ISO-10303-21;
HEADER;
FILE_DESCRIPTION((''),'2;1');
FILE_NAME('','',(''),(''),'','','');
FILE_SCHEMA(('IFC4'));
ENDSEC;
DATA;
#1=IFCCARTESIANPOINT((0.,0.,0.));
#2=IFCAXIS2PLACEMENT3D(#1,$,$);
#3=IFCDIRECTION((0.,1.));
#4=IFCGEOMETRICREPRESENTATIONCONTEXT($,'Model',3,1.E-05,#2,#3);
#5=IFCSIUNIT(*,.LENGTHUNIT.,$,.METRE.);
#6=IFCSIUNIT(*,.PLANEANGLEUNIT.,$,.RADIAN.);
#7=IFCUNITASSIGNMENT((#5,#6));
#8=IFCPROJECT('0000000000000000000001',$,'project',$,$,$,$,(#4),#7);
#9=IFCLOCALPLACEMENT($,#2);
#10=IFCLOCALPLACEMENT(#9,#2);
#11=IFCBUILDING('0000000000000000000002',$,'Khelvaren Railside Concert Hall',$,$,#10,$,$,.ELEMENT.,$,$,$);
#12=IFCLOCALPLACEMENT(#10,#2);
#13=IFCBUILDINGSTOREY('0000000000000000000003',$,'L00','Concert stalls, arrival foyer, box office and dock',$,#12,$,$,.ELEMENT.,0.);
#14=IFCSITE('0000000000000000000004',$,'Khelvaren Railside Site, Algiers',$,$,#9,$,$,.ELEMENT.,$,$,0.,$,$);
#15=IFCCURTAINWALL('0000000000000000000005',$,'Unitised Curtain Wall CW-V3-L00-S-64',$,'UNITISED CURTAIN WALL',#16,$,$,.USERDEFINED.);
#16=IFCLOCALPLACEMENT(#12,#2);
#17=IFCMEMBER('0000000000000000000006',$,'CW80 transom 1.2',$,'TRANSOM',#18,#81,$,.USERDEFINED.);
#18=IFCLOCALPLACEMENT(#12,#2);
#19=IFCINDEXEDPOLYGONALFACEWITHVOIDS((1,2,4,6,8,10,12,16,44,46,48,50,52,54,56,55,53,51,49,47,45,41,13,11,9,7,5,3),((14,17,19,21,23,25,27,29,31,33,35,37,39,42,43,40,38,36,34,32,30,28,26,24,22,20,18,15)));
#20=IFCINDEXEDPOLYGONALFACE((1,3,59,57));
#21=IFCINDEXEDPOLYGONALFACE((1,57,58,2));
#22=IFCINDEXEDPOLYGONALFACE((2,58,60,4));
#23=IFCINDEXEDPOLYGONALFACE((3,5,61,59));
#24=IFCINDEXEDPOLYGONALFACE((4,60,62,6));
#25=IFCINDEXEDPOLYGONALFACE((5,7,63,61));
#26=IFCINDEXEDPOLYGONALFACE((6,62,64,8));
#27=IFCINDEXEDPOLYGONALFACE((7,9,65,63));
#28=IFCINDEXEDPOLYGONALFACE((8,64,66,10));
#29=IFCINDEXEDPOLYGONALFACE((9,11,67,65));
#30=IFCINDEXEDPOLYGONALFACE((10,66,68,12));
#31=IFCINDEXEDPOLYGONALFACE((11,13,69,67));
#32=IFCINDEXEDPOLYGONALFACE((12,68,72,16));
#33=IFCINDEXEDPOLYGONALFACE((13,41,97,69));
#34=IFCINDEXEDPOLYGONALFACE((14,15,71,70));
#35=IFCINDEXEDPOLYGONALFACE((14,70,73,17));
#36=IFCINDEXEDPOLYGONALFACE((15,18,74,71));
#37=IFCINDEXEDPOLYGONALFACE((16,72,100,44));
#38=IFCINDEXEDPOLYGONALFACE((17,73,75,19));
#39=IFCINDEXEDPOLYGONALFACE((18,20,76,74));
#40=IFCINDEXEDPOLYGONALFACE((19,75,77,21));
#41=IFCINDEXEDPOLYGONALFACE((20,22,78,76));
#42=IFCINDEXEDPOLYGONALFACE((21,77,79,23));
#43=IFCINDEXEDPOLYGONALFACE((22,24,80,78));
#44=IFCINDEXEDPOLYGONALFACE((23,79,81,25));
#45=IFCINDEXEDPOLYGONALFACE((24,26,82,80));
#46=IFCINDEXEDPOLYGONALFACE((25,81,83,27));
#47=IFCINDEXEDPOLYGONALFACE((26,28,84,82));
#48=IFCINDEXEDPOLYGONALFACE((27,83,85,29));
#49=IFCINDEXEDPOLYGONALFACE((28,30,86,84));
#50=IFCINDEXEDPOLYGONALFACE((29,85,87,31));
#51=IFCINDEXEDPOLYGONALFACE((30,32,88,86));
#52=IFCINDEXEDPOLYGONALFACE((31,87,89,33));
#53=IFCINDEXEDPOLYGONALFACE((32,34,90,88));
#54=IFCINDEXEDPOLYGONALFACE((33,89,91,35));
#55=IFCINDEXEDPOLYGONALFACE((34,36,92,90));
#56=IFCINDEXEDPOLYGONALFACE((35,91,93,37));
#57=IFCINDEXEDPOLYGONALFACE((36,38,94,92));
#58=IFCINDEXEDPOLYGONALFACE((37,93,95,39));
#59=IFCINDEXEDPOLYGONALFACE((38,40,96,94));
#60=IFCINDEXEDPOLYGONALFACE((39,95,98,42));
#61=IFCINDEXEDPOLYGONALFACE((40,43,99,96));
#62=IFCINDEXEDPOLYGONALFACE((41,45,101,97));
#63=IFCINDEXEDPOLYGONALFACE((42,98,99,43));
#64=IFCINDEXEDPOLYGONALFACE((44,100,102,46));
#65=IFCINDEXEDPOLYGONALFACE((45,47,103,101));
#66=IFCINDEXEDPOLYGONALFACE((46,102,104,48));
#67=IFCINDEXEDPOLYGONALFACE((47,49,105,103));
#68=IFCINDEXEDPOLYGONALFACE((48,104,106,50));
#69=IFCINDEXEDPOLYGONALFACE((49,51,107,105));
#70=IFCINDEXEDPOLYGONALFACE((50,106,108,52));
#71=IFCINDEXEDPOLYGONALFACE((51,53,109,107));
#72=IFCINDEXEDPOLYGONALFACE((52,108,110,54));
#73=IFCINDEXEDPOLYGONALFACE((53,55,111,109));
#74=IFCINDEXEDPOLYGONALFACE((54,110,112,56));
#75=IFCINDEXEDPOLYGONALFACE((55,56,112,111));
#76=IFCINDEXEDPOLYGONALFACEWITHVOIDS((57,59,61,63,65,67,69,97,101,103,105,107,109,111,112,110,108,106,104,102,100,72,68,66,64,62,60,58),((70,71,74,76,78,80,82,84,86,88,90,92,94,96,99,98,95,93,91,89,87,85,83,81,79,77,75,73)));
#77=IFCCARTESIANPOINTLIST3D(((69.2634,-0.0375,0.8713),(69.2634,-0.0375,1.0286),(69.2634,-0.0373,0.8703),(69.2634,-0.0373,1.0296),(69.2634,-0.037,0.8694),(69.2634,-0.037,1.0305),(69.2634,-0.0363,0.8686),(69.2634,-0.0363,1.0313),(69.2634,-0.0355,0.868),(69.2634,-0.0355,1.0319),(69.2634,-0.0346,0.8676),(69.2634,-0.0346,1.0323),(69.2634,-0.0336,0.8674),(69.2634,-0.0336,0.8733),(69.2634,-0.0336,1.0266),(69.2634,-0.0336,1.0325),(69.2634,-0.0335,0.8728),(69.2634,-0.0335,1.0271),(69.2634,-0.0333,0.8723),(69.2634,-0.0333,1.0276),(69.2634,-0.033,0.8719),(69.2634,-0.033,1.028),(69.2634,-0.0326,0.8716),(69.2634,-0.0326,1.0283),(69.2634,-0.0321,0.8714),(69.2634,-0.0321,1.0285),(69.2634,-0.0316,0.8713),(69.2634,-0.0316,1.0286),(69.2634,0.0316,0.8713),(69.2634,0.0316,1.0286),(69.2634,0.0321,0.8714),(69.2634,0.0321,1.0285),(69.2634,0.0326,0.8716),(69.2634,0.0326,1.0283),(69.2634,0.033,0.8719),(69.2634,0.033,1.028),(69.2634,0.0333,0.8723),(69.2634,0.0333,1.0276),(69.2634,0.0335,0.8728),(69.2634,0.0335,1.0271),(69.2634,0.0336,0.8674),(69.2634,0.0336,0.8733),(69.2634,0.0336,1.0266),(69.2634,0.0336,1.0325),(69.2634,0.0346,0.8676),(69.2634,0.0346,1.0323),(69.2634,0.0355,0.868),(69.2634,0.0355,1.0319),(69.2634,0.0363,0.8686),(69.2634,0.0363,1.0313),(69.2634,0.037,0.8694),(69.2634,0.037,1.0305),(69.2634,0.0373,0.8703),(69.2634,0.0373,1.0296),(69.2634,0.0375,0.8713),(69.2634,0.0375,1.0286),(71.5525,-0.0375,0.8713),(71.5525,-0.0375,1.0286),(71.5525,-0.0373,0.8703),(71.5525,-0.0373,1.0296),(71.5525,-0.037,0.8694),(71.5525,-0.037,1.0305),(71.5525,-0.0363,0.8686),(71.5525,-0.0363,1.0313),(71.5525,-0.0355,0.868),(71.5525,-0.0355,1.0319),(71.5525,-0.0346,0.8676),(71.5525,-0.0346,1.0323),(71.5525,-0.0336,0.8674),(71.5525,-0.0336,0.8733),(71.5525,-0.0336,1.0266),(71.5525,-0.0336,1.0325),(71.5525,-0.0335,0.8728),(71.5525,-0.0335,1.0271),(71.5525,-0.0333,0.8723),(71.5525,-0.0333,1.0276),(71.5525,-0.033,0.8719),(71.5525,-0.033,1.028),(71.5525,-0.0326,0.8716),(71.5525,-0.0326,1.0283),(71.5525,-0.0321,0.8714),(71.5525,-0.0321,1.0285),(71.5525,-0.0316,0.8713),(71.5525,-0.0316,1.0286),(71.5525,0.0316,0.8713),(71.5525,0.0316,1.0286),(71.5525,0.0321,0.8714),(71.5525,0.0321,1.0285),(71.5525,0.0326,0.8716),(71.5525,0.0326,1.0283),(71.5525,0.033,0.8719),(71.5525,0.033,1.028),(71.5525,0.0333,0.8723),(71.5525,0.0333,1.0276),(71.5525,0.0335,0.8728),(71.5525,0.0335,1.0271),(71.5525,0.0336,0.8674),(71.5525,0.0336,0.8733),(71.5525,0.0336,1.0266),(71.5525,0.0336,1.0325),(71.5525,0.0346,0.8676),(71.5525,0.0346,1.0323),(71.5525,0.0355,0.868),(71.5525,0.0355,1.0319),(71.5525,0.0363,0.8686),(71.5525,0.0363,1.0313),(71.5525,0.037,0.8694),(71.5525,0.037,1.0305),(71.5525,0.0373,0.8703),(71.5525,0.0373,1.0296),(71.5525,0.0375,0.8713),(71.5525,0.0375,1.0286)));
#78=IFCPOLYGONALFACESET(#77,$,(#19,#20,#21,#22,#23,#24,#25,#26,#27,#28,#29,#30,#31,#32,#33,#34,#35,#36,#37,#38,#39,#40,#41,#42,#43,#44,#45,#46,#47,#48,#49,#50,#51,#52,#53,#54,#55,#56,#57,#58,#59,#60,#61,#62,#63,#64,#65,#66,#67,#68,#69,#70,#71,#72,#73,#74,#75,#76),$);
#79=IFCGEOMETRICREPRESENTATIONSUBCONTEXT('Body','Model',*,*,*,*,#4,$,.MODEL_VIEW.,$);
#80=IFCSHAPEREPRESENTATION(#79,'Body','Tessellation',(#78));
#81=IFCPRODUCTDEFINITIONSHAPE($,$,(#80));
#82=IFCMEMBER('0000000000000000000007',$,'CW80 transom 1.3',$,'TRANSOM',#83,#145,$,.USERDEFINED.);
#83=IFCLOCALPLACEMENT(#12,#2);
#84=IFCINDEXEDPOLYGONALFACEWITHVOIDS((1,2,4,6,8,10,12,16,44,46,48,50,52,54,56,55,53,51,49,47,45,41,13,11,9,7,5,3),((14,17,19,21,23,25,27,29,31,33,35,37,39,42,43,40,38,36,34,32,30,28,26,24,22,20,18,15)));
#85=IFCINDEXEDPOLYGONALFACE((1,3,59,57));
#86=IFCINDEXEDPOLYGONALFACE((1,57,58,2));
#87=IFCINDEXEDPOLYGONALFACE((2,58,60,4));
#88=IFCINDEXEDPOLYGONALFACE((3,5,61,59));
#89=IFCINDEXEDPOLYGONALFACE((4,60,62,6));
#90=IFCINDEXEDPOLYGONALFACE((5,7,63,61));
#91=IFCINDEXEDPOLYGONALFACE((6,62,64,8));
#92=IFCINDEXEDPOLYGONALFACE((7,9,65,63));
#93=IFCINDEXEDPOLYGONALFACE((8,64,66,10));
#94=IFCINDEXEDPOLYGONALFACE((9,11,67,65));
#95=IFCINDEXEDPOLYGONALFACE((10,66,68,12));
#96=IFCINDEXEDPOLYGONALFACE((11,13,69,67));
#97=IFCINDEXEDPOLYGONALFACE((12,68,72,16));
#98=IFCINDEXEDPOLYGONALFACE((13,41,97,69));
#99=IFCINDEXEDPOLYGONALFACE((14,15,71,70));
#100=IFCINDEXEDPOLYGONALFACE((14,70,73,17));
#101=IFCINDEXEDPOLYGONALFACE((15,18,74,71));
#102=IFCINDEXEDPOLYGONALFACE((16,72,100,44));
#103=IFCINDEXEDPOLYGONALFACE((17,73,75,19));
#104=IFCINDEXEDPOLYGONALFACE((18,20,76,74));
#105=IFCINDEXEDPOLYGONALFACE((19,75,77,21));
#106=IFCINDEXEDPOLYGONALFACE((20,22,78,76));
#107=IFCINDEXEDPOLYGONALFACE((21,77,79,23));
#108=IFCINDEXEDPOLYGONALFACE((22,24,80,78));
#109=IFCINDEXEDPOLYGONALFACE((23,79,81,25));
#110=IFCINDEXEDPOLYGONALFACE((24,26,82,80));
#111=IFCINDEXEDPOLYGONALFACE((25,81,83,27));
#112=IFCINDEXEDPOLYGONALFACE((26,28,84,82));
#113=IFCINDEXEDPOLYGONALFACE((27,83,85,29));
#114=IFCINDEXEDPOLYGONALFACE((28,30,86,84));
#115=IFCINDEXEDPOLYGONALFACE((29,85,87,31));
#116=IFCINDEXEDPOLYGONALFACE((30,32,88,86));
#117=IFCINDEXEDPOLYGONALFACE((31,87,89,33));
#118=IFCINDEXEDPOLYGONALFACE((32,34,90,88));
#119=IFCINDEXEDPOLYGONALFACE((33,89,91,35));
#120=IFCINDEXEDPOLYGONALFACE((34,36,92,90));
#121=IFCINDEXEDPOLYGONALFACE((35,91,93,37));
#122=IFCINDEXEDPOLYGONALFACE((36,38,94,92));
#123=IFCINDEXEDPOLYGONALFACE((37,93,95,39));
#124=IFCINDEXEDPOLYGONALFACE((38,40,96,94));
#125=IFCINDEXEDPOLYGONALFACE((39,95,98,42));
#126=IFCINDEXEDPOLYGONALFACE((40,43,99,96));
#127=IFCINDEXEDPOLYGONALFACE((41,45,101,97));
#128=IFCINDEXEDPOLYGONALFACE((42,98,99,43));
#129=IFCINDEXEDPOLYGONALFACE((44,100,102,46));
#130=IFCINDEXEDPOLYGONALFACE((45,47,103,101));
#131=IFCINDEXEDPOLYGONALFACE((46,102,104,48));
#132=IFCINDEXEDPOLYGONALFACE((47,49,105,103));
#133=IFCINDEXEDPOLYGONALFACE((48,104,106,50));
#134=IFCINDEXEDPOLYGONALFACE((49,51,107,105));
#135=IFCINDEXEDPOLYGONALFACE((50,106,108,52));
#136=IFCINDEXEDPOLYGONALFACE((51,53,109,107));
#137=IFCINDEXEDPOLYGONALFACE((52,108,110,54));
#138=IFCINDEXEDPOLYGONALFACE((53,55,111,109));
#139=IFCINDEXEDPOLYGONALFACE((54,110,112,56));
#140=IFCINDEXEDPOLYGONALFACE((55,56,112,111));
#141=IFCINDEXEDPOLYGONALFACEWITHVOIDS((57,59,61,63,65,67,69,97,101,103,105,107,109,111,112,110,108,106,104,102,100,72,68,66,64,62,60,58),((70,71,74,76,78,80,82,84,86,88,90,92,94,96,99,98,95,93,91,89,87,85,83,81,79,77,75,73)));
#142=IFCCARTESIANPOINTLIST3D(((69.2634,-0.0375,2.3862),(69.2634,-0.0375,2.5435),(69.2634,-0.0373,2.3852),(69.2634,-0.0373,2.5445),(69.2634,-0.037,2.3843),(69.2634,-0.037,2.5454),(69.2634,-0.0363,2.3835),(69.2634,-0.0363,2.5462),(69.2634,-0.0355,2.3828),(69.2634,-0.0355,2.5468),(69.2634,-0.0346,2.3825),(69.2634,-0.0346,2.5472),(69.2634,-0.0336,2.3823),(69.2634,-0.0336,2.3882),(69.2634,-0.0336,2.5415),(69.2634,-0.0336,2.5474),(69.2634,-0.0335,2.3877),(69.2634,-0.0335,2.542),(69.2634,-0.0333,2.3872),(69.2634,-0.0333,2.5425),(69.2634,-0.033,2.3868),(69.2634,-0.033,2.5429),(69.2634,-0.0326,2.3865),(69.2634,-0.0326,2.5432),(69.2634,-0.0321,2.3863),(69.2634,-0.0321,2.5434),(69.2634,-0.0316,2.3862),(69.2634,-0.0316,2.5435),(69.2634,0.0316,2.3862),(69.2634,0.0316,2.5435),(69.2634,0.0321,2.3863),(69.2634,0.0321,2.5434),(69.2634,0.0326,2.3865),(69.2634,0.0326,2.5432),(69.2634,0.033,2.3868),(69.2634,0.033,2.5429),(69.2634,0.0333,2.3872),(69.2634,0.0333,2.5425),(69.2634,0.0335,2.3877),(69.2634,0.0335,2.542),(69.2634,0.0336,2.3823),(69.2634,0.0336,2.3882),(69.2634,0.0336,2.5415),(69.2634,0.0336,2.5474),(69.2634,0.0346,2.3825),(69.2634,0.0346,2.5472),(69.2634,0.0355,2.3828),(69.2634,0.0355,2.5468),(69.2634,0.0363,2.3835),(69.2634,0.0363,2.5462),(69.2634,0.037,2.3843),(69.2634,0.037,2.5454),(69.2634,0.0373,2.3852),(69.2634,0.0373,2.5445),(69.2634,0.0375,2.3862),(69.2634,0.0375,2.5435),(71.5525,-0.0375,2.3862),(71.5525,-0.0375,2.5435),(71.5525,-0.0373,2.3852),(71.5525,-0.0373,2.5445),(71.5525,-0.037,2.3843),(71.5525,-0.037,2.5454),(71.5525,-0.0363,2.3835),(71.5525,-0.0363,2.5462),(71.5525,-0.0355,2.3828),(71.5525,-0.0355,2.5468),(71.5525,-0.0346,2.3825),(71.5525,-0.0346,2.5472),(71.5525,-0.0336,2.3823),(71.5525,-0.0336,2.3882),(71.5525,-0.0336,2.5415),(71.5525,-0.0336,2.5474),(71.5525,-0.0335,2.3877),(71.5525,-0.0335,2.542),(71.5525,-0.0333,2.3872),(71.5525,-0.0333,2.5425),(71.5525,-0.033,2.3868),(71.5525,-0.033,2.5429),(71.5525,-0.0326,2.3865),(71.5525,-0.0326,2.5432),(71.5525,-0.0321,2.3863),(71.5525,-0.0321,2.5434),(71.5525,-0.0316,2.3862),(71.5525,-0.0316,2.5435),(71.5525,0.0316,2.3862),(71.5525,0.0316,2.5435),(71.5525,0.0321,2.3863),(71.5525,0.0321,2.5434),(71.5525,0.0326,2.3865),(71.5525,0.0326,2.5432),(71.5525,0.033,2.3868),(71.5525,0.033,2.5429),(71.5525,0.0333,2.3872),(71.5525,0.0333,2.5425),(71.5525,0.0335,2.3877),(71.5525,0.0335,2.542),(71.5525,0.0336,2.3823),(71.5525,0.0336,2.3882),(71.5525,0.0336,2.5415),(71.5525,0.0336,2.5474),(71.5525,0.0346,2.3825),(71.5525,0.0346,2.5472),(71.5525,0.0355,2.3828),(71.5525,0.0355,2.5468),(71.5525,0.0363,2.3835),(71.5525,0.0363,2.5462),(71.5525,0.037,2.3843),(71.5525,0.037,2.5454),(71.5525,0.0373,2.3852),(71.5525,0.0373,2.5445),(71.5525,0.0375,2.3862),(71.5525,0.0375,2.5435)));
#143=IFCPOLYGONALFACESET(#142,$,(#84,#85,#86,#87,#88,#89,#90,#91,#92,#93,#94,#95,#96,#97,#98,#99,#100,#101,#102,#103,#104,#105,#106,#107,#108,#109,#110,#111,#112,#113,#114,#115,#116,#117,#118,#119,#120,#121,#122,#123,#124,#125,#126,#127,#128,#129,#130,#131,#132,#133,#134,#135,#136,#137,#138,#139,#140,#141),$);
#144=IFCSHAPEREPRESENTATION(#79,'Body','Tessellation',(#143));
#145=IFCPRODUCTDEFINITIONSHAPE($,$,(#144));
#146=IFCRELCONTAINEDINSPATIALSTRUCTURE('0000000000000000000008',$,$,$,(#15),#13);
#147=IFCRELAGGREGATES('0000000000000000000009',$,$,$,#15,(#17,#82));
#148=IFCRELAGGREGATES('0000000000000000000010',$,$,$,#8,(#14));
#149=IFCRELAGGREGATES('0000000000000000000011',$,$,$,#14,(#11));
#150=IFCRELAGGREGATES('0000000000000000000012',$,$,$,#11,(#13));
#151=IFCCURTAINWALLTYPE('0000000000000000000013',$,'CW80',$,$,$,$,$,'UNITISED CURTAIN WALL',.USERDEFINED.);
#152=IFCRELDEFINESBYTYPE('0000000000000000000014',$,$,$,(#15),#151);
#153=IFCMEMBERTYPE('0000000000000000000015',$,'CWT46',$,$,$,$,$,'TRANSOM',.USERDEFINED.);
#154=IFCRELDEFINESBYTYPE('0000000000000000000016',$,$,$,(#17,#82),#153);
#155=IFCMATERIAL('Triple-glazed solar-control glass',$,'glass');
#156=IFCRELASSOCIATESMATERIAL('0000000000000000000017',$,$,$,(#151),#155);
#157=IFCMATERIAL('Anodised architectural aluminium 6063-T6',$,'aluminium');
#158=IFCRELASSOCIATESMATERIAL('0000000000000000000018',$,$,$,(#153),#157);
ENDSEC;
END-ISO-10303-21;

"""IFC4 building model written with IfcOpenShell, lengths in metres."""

from ifc_helpers import new_model, si_unit, direction, frame, origin, origin_2d, place, context, subcontext, project, spatial, hollow_rectangle, extrude, material, material_profile, profile_set, type_object, element, aggregate, save


model = new_model("IFC4")

# Units and contexts
model_context = context("Model", 3, precision=1e-05, world=origin(), true_north=direction((0.0, 1.0)))
body_context = subcontext(model_context, "Body", "Model", "MODEL_VIEW")
ifc_project = project(units=[si_unit("LENGTHUNIT", "METRE"), si_unit("PLANEANGLEUNIT", "RADIAN")], contexts=[model_context])

# Site, building, storey
site_placement = place(None, origin())
site = spatial("IfcSite", under=ifc_project, at=site_placement, Name="Khelvaren Railside Site, Algiers", CompositionType="ELEMENT", RefElevation=0.0)
building_placement = place(site_placement, origin())
building = spatial("IfcBuilding", under=site, at=building_placement, Name="Khelvaren Railside Concert Hall", CompositionType="ELEMENT")
storey_placement = place(building_placement, origin())
storey = spatial("IfcBuildingStorey", under=building, at=storey_placement, Name="L00", Description="Concert stalls, arrival foyer, box office and dock", CompositionType="ELEMENT", Elevation=0.0)

# Curtain wall, members
ifc_material_1 = material(Name="Triple-glazed solar-control glass", Category="glass")
curtain_wall_type = type_object("IfcCurtainWallType", Name="CW80", ElementType="UNITISED CURTAIN WALL", PredefinedType="USERDEFINED", material=ifc_material_1)
curtain_wall_placement = place(storey_placement, origin())
curtain_wall = element("IfcCurtainWall", 1, at=curtain_wall_placement, inside=storey, type_object=curtain_wall_type, Name="Unitised Curtain Wall CW-V3-L00-S-64", ObjectType="UNITISED CURTAIN WALL", PredefinedType="USERDEFINED")
ifc_material_2 = material(Name="Anodised architectural aluminium 6063-T6", Category="aluminium")
ifc_material_profile_1 = material_profile(ifc_material_2, hollow_rectangle(XDim=0.075, YDim=0.165, WallThickness=0.0039, InnerFilletRadius=0.002, OuterFilletRadius=0.0039, at=origin_2d()), Name="CWT 75x165x4")
ifc_profile_set_1 = profile_set([ifc_material_profile_1], Name="Anodised architectural aluminium 6063-T6")
member_type_1 = type_object("IfcMemberType", Name="CWT46", ElementType="TRANSOM", PredefinedType="USERDEFINED", material=ifc_profile_set_1)
member_1_placement = place(storey_placement, frame((71.5525, 0.0, 0.95), z_axis=(-1.0, 0.0, 0.0), x_axis=(0.0, -1.0, 0.0)))
member_1 = element("IfcMember", 2, at=member_1_placement, type_object=member_type_1, Name="CW80 transom 1.2", ObjectType="TRANSOM", PredefinedType="USERDEFINED", context=body_context, shape_type="SweptSolid", body=[
    extrude(hollow_rectangle(XDim=0.075, YDim=0.165, WallThickness=0.0039, InnerFilletRadius=0.002, OuterFilletRadius=0.0039, at=origin_2d()), origin(), (0.0, 0.0, 1.0), 2.2891),
])
member_2_placement = place(storey_placement, frame((71.5525, 0.0, 2.4648), z_axis=(-1.0, 0.0, 0.0), x_axis=(0.0, -1.0, 0.0)))
member_2 = element("IfcMember", 3, at=member_2_placement, type_object=member_type_1, Name="CW80 transom 1.3", ObjectType="TRANSOM", PredefinedType="USERDEFINED", context=body_context, shape_type="SweptSolid", body=[
    extrude(hollow_rectangle(XDim=0.075, YDim=0.165, WallThickness=0.0039, InnerFilletRadius=0.002, OuterFilletRadius=0.0039, at=origin_2d()), origin(), (0.0, 0.0, 1.0), 2.2891),
])

aggregate(curtain_wall, [member_1, member_2])

save(model, "model.ifc")
